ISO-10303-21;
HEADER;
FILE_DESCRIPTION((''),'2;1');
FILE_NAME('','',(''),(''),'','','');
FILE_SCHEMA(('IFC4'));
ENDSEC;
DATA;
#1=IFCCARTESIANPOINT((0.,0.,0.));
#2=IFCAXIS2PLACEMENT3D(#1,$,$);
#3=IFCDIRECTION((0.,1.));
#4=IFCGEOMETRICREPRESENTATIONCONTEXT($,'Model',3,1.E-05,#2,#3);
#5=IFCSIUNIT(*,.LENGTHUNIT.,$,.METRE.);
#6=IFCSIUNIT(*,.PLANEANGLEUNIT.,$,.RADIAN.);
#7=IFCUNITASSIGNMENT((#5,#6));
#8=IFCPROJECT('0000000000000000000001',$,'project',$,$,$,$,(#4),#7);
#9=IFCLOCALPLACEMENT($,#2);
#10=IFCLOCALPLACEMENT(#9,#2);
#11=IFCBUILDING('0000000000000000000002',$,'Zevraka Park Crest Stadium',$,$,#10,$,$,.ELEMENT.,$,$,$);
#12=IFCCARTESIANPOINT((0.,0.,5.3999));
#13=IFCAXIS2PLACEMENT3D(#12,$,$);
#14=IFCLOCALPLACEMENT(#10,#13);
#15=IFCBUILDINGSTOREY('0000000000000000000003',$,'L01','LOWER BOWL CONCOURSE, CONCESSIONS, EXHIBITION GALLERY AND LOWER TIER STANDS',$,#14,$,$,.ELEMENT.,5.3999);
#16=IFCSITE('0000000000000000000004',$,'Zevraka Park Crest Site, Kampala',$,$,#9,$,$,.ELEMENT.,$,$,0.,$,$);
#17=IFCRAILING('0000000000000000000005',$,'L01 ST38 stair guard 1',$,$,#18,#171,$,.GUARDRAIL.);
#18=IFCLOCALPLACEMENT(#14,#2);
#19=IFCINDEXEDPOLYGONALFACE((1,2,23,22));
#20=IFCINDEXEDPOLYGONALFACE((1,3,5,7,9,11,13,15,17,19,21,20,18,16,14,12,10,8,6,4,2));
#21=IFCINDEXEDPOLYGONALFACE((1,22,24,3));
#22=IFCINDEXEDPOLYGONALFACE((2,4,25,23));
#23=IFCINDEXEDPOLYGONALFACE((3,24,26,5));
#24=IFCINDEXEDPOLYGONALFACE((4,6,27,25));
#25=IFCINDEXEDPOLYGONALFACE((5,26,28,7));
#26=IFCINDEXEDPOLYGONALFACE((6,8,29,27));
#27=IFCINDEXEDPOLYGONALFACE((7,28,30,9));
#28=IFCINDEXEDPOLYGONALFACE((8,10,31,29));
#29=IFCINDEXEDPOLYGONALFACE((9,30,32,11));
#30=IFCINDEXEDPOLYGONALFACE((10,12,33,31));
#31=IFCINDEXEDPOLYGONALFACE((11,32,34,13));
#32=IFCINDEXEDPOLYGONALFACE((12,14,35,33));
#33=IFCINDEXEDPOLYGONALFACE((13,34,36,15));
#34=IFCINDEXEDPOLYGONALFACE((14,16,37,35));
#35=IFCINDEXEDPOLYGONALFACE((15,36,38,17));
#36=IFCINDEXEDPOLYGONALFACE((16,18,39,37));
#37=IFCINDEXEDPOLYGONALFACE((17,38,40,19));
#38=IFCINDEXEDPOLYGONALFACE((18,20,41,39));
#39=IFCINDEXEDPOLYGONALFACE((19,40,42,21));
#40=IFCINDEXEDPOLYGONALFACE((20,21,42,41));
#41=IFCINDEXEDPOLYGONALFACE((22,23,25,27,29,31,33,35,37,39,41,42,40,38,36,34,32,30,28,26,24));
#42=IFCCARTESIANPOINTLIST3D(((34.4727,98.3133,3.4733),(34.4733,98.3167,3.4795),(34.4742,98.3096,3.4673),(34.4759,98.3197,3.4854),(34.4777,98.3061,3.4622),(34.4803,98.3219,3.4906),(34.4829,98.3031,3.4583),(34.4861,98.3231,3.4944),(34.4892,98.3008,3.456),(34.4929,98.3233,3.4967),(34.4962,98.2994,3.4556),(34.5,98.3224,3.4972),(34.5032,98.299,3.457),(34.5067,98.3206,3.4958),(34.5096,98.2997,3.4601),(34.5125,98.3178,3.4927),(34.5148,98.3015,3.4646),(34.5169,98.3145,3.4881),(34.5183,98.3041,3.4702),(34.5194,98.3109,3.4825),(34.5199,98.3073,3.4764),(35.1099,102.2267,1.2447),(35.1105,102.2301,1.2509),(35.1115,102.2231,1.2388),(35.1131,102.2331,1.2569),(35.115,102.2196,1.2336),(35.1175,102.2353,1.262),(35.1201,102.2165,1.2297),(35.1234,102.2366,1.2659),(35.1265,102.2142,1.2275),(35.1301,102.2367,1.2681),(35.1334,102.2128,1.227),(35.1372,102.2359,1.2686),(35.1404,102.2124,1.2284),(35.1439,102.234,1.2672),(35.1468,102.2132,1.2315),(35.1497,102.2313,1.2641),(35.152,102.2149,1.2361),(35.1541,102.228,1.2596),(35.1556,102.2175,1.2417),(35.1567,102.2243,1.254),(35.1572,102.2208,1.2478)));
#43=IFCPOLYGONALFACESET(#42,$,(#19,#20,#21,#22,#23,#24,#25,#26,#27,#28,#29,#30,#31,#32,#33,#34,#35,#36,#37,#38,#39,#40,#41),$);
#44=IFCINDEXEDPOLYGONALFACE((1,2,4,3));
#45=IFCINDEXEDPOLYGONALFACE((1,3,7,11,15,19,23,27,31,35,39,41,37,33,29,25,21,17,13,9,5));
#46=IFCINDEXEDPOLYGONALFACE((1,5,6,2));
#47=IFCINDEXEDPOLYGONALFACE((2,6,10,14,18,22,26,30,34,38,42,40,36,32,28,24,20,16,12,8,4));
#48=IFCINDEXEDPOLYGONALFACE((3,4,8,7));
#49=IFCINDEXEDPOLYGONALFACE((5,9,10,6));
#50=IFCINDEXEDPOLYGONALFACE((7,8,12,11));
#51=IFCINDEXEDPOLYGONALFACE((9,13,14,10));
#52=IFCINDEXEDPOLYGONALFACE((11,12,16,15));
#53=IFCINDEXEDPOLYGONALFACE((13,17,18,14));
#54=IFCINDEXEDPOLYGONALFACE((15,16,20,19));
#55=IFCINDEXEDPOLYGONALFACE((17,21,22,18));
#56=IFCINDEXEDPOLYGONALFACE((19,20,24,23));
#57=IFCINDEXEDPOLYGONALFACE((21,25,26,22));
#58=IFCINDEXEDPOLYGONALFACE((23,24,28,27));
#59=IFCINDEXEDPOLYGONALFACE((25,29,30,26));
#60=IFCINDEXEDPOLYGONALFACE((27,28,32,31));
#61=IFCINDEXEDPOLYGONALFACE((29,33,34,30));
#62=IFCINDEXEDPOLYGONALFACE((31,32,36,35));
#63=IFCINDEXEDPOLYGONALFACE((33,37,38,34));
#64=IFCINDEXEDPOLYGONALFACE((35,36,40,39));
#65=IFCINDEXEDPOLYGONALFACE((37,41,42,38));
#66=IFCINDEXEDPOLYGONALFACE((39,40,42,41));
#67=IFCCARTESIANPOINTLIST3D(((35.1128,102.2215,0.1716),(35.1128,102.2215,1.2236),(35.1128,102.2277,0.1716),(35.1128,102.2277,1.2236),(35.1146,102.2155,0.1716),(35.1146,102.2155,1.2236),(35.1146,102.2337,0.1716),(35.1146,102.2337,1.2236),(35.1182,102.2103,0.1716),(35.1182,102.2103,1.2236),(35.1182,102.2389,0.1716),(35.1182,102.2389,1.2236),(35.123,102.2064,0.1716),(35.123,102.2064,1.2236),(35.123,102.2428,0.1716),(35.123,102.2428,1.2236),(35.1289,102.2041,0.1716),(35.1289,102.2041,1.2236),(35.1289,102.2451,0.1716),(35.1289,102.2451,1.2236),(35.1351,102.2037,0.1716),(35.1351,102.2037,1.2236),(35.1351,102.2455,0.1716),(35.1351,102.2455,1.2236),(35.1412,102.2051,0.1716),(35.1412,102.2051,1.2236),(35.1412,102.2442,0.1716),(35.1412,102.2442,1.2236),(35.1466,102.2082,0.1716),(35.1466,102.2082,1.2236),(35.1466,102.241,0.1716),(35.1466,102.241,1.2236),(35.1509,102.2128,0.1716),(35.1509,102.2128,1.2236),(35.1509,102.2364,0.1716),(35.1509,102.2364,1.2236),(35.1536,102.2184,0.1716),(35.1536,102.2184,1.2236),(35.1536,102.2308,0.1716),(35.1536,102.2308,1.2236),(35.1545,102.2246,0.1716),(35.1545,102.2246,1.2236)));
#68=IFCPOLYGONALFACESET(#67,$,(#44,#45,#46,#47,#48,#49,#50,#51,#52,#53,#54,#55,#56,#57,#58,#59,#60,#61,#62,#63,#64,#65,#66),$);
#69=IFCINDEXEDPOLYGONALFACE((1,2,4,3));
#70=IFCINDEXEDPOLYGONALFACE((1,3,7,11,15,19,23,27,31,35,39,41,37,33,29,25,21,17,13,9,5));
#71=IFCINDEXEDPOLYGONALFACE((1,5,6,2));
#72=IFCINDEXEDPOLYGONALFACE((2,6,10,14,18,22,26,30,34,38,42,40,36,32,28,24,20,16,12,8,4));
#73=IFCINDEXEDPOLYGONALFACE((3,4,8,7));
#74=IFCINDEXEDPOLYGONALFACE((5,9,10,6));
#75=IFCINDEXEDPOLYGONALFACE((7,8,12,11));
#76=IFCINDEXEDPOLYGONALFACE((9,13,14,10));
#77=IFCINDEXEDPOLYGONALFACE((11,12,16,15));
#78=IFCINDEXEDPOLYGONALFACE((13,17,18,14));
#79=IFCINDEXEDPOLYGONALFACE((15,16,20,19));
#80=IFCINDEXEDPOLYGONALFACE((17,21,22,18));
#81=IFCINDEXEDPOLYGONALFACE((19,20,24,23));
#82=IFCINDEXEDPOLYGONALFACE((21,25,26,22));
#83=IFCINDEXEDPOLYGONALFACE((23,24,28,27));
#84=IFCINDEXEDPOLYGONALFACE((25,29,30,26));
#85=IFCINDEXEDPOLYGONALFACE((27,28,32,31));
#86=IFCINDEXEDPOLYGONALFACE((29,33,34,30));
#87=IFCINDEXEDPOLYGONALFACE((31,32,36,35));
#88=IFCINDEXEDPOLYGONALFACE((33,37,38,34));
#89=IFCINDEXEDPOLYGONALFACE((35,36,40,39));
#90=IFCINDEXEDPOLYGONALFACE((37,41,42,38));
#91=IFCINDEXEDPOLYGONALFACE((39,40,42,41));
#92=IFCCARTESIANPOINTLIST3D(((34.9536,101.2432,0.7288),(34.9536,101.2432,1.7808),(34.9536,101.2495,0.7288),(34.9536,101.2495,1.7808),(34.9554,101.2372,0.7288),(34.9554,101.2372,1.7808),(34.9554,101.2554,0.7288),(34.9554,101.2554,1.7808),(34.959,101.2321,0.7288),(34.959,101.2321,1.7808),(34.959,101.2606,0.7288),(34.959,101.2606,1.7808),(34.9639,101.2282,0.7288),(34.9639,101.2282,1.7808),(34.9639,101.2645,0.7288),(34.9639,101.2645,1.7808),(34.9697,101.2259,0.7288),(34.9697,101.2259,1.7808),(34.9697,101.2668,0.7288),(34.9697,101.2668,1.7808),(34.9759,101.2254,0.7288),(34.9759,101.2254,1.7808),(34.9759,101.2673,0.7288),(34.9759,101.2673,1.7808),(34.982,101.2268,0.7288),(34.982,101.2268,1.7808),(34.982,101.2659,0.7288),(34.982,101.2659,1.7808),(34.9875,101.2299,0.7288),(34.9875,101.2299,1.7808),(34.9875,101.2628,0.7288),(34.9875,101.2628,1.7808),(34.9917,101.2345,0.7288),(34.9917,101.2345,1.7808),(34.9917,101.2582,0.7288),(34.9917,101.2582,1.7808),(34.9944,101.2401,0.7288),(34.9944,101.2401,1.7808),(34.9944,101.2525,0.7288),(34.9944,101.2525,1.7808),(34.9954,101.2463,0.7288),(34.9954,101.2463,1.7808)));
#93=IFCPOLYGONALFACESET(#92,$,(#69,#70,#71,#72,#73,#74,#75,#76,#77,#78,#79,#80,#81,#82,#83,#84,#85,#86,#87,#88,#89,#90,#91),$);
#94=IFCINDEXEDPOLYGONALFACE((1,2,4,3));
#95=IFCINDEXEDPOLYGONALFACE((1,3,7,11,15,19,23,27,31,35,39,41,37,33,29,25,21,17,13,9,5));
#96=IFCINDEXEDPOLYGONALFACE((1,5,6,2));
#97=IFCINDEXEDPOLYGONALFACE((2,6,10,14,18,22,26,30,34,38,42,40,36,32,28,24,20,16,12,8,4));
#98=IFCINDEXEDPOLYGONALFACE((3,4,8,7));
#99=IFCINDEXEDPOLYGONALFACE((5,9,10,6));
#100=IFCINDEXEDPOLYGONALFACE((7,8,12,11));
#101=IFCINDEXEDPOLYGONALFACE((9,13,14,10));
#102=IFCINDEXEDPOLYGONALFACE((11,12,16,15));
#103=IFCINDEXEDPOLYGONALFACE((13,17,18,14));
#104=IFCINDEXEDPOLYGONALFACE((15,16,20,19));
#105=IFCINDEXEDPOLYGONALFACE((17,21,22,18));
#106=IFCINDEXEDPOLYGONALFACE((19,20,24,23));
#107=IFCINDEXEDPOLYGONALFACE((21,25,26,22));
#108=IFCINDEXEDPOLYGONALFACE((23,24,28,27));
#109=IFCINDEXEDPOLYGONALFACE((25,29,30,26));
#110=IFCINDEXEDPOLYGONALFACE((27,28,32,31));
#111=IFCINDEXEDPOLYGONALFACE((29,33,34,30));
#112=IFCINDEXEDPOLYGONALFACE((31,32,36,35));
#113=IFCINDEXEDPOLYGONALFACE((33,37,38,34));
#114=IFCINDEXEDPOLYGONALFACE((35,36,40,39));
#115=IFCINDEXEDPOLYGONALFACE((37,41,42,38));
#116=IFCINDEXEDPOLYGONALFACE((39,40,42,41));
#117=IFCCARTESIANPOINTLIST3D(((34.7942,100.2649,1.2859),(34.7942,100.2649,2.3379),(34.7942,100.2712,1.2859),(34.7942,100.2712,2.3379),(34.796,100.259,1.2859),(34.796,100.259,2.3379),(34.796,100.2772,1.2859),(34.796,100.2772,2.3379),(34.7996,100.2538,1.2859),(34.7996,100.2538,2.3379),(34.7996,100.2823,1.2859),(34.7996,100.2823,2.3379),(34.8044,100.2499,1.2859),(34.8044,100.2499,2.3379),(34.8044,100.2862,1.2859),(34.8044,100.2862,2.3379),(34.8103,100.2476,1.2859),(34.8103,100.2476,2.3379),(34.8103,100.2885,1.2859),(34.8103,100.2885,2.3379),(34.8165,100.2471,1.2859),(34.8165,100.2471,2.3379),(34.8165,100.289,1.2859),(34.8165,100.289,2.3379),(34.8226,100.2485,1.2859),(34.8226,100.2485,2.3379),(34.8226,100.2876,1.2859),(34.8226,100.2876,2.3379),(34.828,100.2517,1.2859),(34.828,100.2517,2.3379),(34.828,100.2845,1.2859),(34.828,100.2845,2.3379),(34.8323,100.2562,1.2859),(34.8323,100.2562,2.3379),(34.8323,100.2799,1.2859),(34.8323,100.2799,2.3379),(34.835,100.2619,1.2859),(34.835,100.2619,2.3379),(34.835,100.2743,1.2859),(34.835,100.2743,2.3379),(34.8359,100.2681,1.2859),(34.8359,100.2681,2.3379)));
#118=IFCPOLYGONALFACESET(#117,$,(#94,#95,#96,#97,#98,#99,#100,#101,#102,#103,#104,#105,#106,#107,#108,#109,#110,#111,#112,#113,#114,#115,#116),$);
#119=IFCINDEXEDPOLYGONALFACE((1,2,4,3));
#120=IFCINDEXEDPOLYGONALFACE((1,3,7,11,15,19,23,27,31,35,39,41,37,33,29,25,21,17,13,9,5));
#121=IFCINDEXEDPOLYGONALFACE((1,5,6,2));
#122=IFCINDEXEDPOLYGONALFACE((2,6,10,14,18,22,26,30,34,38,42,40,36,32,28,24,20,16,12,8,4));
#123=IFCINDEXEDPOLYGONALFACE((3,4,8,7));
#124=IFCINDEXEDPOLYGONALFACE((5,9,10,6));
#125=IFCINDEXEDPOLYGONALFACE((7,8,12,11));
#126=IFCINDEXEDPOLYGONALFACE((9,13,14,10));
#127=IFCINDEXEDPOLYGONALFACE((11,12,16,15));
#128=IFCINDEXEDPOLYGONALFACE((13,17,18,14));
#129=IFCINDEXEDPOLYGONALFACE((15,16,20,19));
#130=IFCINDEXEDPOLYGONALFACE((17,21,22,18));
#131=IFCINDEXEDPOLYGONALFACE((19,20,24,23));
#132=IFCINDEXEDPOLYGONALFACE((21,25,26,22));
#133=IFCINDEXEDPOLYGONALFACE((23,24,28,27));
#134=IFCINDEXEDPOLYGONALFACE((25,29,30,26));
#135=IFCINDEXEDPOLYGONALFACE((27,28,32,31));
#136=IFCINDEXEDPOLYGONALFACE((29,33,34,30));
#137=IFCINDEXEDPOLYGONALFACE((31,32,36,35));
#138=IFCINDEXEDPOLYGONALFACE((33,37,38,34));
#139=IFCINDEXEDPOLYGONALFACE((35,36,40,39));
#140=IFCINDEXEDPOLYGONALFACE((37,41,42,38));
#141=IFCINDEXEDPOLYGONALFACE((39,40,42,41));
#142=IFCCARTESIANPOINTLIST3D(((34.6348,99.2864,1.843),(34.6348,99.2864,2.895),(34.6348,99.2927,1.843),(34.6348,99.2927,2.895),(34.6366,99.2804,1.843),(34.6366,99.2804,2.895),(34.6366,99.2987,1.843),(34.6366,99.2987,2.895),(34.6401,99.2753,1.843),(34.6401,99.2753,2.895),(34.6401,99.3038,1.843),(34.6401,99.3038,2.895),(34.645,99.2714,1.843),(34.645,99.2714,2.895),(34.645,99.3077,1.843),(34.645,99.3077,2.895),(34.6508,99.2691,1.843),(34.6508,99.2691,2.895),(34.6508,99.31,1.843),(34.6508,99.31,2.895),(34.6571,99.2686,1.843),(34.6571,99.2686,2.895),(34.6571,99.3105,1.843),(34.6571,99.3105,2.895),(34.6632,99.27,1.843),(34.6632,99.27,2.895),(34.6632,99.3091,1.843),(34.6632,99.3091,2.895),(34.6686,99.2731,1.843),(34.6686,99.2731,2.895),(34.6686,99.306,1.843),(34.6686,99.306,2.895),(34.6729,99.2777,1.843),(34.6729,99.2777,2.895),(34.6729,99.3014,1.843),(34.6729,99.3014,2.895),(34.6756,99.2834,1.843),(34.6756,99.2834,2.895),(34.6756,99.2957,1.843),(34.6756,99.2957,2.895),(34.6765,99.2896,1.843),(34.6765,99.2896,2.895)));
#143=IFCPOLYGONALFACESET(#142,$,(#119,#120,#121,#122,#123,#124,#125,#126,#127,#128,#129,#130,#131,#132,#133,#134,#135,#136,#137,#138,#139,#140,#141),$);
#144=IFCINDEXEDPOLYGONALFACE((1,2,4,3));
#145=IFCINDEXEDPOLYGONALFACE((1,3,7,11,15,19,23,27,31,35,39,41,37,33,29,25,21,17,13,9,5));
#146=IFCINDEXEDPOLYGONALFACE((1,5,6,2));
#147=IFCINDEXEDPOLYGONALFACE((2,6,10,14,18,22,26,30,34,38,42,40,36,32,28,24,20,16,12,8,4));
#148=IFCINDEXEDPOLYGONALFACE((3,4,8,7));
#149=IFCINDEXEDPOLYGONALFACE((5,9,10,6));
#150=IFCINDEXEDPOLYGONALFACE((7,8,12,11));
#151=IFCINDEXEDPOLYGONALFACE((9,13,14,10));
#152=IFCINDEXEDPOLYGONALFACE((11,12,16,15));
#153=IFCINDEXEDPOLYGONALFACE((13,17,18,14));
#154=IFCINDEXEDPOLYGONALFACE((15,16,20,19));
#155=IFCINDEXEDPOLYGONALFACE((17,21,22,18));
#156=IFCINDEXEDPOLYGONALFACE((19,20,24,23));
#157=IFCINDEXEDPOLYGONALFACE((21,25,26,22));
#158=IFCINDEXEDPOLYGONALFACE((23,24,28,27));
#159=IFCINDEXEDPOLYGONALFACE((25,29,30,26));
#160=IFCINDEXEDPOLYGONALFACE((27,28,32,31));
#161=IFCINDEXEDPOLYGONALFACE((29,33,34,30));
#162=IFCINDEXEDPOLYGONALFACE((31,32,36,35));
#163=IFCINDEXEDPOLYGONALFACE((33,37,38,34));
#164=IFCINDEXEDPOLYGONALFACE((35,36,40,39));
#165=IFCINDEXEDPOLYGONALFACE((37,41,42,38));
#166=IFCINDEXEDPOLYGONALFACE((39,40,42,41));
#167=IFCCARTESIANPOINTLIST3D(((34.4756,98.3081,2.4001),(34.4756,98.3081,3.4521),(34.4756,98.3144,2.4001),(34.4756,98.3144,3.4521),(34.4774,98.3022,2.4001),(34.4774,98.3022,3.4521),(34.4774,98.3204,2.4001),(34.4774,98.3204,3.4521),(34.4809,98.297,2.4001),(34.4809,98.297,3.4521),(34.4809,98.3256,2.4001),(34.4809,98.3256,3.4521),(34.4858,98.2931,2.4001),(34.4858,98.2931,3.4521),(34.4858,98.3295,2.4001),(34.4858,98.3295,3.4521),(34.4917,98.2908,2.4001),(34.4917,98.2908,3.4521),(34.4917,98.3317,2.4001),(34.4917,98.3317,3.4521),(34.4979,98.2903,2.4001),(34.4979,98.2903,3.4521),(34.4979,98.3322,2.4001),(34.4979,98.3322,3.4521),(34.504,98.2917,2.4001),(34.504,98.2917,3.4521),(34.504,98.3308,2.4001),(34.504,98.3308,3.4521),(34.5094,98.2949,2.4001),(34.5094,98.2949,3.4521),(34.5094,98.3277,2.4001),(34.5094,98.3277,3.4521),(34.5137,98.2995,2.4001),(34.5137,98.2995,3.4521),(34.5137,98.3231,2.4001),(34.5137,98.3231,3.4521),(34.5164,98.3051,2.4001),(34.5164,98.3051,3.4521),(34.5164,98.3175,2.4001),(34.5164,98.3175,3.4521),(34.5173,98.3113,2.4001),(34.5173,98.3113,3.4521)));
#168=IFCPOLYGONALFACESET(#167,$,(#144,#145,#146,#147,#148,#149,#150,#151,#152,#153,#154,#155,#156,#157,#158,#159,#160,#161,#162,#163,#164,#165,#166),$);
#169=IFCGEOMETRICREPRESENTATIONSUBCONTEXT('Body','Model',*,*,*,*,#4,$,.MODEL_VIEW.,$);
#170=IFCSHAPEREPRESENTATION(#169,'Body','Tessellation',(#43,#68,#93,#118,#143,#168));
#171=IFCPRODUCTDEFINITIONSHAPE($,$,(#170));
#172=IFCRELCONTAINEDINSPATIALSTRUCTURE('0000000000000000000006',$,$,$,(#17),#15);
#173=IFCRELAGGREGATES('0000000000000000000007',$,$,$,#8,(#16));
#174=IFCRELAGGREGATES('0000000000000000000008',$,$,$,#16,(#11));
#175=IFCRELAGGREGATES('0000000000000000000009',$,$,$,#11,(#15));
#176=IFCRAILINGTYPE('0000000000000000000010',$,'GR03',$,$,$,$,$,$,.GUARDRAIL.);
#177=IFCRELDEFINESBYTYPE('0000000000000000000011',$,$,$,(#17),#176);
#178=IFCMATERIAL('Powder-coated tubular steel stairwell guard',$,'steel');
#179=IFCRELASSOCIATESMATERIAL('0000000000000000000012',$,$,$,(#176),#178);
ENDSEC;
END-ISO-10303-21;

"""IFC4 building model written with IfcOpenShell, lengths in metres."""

from ifc_helpers import new_model, si_unit, direction, frame, origin, origin_2d, place, context, subcontext, project, spatial, circle, extrude, material, type_object, element, save


model = new_model("IFC4")

# Units and contexts
model_context = context("Model", 3, precision=1e-05, world=origin(), true_north=direction((0.0, 1.0)))
body_context = subcontext(model_context, "Body", "Model", "MODEL_VIEW")
ifc_project = project(units=[si_unit("LENGTHUNIT", "METRE"), si_unit("PLANEANGLEUNIT", "RADIAN")], contexts=[model_context])

# Site, building, storey
site_placement = place(None, origin())
site = spatial("IfcSite", under=ifc_project, at=site_placement, Name="Zevraka Park Crest Site, Kampala", CompositionType="ELEMENT", RefElevation=0.0)
building_placement = place(site_placement, origin())
building = spatial("IfcBuilding", under=site, at=building_placement, Name="Zevraka Park Crest Stadium", CompositionType="ELEMENT")
storey_placement = place(building_placement, frame((0.0, 0.0, 5.3999)))
storey = spatial("IfcBuildingStorey", under=building, at=storey_placement, Name="L01", Description="LOWER BOWL CONCOURSE, CONCESSIONS, EXHIBITION GALLERY AND LOWER TIER STANDS", CompositionType="ELEMENT", Elevation=5.3999)

# Railing
ifc_material_1 = material(Name="Powder-coated tubular steel stairwell guard", Category="steel")
railing_type_1 = type_object("IfcRailingType", Name="GR03", PredefinedType="GUARDRAIL", material=ifc_material_1)
railing_1_placement = place(storey_placement, frame((35.1335, 102.2246, 0.1716)))
element("IfcRailing", 1, at=railing_1_placement, inside=storey, type_object=railing_type_1, Name="L01 ST38 stair guard 1", PredefinedType="GUARDRAIL", context=body_context, shape_type="SweptSolid", body=[
    extrude(circle(Radius=0.0239, at=origin_2d()), frame((0.0, 0.0, 1.0762), z_axis=(-0.1401, -0.860406, 0.489973), x_axis=(0.987001, -0.160713, 0.0)), (0.0, 0.0, 1.0), 4.5483),
    extrude(circle(Radius=0.021, at=origin_2d()), origin(), (0.0, 0.0, 1.0), 1.052),
    extrude(circle(Radius=0.021, at=origin_2d()), frame((-0.1592, -0.9783, 0.5571)), (0.0, 0.0, 1.0), 1.052),
    extrude(circle(Radius=0.021, at=origin_2d()), frame((-0.3186, -1.9565, 1.1143)), (0.0, 0.0, 1.0), 1.052),
    extrude(circle(Radius=0.021, at=origin_2d()), frame((-0.478, -2.9351, 1.6714)), (0.0, 0.0, 1.0), 1.052),
    extrude(circle(Radius=0.021, at=origin_2d()), frame((-0.6372, -3.9133, 2.2285)), (0.0, 0.0, 1.0), 1.052),
])

save(model, "model.ifc")
